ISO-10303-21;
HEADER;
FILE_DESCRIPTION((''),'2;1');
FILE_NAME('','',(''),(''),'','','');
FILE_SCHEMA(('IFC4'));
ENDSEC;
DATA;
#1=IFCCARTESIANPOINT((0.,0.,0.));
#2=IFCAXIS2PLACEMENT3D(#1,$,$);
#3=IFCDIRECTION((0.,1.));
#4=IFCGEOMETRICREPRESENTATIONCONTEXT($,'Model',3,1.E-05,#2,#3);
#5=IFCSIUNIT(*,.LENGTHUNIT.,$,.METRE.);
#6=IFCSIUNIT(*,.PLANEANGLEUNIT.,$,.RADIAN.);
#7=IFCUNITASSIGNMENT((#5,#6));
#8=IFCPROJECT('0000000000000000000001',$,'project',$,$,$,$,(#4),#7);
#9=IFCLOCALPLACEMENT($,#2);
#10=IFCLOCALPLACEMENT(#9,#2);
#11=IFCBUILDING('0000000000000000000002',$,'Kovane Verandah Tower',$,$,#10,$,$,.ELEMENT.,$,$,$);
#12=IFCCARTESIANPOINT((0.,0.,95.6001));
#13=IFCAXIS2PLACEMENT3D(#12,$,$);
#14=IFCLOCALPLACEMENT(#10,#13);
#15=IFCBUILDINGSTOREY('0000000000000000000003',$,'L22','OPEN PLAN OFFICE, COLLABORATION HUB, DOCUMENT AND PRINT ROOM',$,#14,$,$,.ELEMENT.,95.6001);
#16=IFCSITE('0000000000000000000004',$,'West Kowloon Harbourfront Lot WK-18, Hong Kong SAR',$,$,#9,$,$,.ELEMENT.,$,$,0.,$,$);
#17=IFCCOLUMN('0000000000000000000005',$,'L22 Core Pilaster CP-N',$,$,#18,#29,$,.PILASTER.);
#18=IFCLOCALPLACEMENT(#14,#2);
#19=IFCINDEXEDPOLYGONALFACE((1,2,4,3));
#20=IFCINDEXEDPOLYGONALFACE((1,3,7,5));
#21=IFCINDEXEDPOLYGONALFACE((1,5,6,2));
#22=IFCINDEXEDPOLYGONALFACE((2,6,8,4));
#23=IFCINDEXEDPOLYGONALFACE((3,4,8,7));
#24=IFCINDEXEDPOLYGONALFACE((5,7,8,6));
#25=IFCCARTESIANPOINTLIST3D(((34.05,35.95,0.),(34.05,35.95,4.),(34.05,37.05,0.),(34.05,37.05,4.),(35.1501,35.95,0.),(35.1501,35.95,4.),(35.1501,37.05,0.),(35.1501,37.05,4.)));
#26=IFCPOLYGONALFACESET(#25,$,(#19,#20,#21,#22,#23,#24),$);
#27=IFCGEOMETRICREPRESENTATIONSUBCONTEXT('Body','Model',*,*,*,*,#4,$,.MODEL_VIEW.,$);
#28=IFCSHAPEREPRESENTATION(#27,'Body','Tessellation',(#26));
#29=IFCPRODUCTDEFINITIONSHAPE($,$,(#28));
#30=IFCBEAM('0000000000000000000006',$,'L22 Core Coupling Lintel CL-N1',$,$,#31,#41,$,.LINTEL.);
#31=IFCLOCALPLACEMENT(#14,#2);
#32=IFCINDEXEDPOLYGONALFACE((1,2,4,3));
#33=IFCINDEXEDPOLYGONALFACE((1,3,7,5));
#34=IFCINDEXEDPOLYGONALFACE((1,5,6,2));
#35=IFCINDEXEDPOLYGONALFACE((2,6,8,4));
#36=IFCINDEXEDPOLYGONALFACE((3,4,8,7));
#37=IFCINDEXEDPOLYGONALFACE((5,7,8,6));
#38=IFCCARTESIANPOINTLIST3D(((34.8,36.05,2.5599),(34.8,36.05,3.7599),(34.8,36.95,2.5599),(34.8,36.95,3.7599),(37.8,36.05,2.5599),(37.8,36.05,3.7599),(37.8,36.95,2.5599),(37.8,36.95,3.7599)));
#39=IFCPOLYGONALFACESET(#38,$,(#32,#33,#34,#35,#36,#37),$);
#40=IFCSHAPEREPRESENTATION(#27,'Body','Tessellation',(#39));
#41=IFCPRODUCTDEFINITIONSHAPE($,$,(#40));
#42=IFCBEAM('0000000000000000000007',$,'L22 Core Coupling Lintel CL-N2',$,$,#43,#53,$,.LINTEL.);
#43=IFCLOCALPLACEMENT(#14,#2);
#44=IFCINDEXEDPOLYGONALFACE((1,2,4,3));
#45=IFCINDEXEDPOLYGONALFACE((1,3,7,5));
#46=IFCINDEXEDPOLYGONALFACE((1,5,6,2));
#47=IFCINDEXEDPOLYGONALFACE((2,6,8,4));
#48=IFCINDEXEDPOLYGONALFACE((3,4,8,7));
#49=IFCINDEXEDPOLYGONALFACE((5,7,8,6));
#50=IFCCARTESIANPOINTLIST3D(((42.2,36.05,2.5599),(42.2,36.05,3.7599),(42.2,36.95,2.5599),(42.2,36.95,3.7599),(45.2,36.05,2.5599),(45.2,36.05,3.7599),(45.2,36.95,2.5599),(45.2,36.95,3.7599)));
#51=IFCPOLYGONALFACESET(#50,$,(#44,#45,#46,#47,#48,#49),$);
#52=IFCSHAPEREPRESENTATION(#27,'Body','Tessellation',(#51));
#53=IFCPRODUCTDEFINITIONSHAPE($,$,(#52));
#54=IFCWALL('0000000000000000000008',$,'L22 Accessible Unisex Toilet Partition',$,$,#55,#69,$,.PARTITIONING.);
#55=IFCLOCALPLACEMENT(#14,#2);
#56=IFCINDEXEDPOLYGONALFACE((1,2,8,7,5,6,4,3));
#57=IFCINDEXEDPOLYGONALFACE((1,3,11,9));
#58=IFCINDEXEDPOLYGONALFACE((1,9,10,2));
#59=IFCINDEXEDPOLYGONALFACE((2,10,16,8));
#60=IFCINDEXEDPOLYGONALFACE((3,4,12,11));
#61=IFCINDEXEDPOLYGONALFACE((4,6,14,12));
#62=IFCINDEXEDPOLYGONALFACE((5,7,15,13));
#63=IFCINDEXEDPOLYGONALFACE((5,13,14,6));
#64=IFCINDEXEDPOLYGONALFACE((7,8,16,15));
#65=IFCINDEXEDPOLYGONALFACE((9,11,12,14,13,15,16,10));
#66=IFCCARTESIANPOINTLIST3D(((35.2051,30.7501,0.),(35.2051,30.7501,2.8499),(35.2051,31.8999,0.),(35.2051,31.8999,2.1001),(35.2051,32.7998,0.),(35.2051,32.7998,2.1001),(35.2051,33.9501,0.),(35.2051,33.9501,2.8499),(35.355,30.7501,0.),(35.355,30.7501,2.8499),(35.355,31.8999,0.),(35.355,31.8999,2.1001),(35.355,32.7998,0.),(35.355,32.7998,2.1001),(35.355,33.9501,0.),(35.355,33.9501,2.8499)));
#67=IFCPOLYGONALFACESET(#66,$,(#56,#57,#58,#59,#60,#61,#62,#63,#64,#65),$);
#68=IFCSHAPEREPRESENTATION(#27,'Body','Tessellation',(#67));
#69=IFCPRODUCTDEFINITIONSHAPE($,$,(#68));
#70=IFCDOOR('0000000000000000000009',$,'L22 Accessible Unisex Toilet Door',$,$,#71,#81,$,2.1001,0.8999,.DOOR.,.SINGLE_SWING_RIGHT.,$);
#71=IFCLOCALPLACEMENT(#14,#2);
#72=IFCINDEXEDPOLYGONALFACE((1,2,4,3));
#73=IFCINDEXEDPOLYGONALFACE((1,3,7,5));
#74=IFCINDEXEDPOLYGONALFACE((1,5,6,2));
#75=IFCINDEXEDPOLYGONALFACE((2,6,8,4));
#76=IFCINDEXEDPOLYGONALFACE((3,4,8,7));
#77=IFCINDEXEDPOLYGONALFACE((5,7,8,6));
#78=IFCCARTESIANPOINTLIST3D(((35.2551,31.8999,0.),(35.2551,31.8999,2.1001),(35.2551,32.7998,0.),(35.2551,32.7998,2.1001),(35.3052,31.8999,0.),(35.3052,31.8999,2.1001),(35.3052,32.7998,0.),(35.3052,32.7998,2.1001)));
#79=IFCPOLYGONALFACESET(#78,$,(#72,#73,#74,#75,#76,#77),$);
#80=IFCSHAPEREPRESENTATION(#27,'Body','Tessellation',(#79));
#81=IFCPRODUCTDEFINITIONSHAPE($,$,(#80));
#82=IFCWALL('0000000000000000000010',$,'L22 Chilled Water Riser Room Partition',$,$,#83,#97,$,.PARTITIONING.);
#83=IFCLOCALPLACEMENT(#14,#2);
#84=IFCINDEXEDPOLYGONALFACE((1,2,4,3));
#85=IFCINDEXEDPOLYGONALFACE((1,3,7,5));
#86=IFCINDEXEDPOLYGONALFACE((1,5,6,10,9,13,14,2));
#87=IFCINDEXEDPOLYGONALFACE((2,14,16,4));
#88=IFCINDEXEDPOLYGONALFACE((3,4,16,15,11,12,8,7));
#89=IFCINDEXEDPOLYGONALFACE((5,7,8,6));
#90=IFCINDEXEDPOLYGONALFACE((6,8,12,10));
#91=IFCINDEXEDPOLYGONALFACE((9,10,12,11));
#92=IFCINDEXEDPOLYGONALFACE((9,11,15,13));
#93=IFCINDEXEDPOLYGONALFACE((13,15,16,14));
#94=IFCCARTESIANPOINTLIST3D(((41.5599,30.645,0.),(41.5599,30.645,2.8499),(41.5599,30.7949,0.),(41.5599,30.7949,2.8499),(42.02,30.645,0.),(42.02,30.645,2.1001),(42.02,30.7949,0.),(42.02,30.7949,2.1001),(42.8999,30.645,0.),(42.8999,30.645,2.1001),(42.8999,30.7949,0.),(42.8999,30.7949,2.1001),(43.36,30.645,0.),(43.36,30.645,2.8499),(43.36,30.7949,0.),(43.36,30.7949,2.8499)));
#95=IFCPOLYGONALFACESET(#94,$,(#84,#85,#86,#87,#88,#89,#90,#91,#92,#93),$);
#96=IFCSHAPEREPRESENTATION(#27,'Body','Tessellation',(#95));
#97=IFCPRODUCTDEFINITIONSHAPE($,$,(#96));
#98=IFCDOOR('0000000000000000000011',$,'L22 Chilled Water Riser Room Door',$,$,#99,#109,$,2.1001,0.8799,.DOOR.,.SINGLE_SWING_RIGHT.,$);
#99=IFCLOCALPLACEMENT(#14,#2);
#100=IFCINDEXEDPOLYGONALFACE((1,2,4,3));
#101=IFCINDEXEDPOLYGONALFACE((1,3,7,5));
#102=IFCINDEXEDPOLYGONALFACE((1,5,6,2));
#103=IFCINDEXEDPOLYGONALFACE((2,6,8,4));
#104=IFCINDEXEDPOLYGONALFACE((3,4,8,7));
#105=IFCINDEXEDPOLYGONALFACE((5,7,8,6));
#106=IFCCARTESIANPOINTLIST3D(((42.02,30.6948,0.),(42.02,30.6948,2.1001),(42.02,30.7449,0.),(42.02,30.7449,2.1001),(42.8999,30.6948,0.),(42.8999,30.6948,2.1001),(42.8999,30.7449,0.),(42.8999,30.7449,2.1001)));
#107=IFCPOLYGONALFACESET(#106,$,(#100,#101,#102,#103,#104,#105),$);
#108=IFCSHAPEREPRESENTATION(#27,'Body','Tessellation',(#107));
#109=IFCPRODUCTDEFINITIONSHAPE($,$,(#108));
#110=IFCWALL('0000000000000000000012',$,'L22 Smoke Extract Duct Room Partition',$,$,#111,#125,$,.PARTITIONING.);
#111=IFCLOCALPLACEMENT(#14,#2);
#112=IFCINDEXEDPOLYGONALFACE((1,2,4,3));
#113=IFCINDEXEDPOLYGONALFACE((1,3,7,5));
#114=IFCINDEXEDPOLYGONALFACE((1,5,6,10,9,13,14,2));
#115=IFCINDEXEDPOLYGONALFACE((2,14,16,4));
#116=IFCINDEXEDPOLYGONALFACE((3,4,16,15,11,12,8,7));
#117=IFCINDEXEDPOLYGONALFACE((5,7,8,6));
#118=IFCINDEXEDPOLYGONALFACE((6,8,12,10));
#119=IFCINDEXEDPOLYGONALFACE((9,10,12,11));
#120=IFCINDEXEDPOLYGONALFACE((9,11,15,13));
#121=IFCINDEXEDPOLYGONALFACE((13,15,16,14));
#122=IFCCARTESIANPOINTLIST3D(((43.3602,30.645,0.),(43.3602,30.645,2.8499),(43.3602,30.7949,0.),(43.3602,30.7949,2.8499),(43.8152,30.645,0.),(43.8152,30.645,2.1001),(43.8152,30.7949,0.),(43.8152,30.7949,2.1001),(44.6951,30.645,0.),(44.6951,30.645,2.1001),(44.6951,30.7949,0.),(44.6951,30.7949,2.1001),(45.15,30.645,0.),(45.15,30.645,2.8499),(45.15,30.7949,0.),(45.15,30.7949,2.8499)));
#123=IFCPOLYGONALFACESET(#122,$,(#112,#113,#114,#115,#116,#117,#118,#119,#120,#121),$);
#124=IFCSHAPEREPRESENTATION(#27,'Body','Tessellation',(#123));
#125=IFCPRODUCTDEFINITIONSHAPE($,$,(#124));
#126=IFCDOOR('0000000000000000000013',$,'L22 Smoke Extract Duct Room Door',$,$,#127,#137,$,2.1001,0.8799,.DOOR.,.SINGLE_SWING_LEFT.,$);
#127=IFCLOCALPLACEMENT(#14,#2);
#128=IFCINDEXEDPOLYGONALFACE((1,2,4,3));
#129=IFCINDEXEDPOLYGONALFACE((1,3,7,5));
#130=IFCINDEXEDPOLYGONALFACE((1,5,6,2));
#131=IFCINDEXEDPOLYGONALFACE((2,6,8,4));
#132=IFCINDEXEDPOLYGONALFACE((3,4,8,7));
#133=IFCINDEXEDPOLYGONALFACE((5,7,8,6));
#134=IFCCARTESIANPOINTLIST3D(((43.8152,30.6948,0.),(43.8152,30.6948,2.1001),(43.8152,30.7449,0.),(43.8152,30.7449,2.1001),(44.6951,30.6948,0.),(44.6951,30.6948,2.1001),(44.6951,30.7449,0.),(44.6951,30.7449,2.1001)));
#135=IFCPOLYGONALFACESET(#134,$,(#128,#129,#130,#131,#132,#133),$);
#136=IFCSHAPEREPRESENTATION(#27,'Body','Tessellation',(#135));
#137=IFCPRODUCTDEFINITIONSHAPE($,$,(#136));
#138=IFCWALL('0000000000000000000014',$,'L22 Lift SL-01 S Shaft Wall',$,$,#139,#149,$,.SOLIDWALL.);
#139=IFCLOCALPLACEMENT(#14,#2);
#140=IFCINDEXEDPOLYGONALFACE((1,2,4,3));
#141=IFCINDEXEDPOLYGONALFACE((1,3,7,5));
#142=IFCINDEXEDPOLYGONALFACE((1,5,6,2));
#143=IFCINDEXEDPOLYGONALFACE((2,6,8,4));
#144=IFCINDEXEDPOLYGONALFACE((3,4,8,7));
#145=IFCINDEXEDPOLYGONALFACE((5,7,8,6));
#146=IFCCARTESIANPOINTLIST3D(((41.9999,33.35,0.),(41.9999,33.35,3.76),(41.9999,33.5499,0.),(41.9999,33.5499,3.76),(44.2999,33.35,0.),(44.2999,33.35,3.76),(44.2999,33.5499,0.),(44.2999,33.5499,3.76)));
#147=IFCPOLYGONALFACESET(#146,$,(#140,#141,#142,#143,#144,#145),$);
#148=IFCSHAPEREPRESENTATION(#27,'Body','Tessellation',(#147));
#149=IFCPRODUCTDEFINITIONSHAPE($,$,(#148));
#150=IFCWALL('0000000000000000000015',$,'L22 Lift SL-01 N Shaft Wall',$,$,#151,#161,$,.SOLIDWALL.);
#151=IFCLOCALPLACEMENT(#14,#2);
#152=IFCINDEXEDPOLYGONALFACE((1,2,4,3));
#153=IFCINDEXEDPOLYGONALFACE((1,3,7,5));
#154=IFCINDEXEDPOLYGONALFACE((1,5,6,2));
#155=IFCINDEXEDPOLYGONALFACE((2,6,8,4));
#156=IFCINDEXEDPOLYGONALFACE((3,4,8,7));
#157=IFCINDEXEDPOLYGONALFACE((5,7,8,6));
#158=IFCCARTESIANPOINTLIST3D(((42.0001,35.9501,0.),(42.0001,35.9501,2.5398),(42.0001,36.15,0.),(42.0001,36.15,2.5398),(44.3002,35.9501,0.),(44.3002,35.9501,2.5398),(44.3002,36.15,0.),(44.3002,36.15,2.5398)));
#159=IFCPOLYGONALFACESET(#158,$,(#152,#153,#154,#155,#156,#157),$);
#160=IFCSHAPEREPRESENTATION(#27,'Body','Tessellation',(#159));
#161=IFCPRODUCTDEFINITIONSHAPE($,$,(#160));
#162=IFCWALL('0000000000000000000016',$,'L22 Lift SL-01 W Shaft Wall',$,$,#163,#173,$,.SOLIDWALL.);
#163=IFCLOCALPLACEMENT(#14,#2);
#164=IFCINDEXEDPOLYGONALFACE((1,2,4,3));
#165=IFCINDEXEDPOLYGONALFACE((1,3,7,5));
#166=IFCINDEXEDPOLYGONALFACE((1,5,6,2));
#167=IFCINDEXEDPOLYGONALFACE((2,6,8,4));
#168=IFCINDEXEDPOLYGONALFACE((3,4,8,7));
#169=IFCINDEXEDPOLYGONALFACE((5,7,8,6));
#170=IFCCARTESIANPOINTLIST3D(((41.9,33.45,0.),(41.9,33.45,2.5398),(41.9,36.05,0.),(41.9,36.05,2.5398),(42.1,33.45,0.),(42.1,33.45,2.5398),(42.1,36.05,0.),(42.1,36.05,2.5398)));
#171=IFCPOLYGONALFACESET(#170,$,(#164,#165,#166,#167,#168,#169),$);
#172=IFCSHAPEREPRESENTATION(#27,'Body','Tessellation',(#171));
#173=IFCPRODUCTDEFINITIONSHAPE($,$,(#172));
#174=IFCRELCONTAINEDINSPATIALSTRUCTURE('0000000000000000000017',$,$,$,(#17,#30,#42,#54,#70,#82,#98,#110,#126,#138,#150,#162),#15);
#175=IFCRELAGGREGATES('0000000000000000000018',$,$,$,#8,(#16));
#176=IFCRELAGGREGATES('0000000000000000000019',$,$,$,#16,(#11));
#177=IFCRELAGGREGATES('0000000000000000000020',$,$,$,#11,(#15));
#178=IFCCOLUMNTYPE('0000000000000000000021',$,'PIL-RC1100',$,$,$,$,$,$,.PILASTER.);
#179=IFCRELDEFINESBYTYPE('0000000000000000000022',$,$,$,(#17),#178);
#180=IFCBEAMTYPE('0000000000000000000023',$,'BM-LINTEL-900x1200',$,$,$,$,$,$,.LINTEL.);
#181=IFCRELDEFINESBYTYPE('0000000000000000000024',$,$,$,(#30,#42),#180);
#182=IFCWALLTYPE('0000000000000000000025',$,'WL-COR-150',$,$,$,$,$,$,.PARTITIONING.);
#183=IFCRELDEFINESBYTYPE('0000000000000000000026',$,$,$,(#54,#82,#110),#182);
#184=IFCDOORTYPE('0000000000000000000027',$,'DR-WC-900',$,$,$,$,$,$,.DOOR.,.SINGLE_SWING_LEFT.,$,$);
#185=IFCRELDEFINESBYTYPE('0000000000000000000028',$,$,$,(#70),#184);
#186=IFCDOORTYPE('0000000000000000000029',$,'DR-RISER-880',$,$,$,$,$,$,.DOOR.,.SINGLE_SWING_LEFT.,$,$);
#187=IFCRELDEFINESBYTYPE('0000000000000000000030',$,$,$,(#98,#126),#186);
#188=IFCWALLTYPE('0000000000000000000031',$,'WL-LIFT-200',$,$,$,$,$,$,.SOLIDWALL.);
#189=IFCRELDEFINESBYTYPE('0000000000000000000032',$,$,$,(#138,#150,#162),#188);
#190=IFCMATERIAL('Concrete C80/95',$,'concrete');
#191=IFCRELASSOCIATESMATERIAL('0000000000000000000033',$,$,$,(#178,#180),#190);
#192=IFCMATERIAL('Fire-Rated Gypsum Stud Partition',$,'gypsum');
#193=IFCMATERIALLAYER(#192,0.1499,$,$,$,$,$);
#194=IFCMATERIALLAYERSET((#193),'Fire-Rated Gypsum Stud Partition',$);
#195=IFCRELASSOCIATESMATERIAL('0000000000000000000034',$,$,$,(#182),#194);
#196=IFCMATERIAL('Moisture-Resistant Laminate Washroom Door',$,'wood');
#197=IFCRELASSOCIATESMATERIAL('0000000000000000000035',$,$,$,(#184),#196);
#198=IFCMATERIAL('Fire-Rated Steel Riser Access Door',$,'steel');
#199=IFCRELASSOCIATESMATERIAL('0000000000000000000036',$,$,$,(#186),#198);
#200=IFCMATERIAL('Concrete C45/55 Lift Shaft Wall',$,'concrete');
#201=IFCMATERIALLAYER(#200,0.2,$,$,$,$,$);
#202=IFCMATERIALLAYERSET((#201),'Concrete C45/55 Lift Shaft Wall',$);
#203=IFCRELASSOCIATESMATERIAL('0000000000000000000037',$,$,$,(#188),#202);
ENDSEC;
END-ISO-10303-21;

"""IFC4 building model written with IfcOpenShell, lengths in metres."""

from ifc_helpers import new_model, si_unit, direction, frame, frame_2d, origin, origin_2d, place, context, subcontext, project, spatial, rectangle, extrude, material, layer, layer_set, material_profile, profile_set, type_object, element, fill, save


model = new_model("IFC4")

# Units and contexts
model_context = context("Model", 3, precision=1e-05, world=origin(), true_north=direction((0.0, 1.0)))
body_context = subcontext(model_context, "Body", "Model", "MODEL_VIEW")
ifc_project = project(units=[si_unit("LENGTHUNIT", "METRE"), si_unit("PLANEANGLEUNIT", "RADIAN")], contexts=[model_context])

# Site, building, storey
site_placement = place(None, origin())
site = spatial("IfcSite", under=ifc_project, at=site_placement, Name="West Kowloon Harbourfront Lot WK-18, Hong Kong SAR", CompositionType="ELEMENT", RefElevation=0.0)
building_placement = place(site_placement, origin())
building = spatial("IfcBuilding", under=site, at=building_placement, Name="Kovane Verandah Tower", CompositionType="ELEMENT")
storey_placement = place(building_placement, frame((0.0, 0.0, 95.6001)))
storey = spatial("IfcBuildingStorey", under=building, at=storey_placement, Name="L22", Description="OPEN PLAN OFFICE, COLLABORATION HUB, DOCUMENT AND PRINT ROOM", CompositionType="ELEMENT", Elevation=95.6001)

# Column
ifc_material_1 = material(Name="Concrete C80/95", Category="concrete")
ifc_material_profile_1 = material_profile(ifc_material_1, rectangle(XDim=1.1001, YDim=1.1001, at=origin_2d()), Name="RC1100x1100")
ifc_profile_set_1 = profile_set([ifc_material_profile_1], Name="Concrete C80/95")
column_type = type_object("IfcColumnType", Name="PIL-RC1100", PredefinedType="PILASTER", material=ifc_profile_set_1)
column_placement = place(storey_placement, frame((34.6001, 36.5, 0.0), z_axis=(0.0, 0.0, 1.0), x_axis=(1.0, 0.0, 0.0)))
element("IfcColumn", 1, at=column_placement, inside=storey, type_object=column_type, Name="L22 Core Pilaster CP-N", PredefinedType="PILASTER", context=body_context, shape_type="SweptSolid", body=[
    extrude(rectangle(XDim=1.1001, YDim=1.1001, at=origin_2d()), origin(), (0.0, 0.0, 1.0), 4.0),
])

# Beams
ifc_material_profile_2 = material_profile(ifc_material_1, rectangle(XDim=0.8999, YDim=1.2, at=origin_2d()), Name="RCB900x1200")
ifc_profile_set_2 = profile_set([ifc_material_profile_2], Name="Concrete C80/95")
beam_type = type_object("IfcBeamType", Name="BM-LINTEL-900x1200", PredefinedType="LINTEL", material=ifc_profile_set_2)
for number, where, z_axis, x_axis, name in (
    (2, (34.8, 36.5, 3.1599), (1.0, 0.0, 0.0), (0.0, 1.0, 0.0), "L22 Core Coupling Lintel CL-N1"),
    (3, (42.2, 36.5, 3.1599), (1.0, 0.0, 0.0), (0.0, 1.0, 0.0), "L22 Core Coupling Lintel CL-N2"),
):
    element("IfcBeam", number, at=place(storey_placement, frame(where, z_axis=z_axis, x_axis=x_axis)), inside=storey, type_object=beam_type, Name=name, PredefinedType="LINTEL", context=body_context, shape_type="SweptSolid", body=[
        extrude(rectangle(XDim=0.8999, YDim=1.2, at=origin_2d()), origin(), (0.0, 0.0, 1.0), 3.0),
    ])

# Walls, openings, doors
ifc_material_2 = material(Name="Fire-Rated Gypsum Stud Partition", Category="gypsum")
ifc_layer_1 = layer(ifc_material_2, 0.1499)
ifc_layer_set_1 = layer_set([ifc_layer_1], Name="Fire-Rated Gypsum Stud Partition")
wall_type_1 = type_object("IfcWallType", Name="WL-COR-150", PredefinedType="PARTITIONING", material=ifc_layer_set_1)
wall_1_placement = place(storey_placement, frame((35.28, 30.75, 0.0), z_axis=(0.0, 0.0, 1.0), x_axis=(0.0, 1.0, 0.0)))
wall_1 = element("IfcWall", 4, at=wall_1_placement, inside=storey, type_object=wall_type_1, Name="L22 Accessible Unisex Toilet Partition", PredefinedType="PARTITIONING", context=body_context, shape_type="SweptSolid", body=[
    extrude(rectangle(XDim=3.2, YDim=0.1499, at=frame_2d((1.6001, 0.0))), origin(), (0.0, 0.0, 1.0), 2.8499),
])
opening_1_placement = place(wall_1_placement, frame((1.1499, 0.0, 0.0)))
opening_1 = element("IfcOpeningElement", 5, at=opening_1_placement, cuts=wall_1, PredefinedType="OPENING", context=body_context, shape_type="SweptSolid", body=[
    extrude(rectangle(XDim=0.8999, YDim=2.1001, at=frame_2d((0.45, 1.05))), frame((0.0, 0.075, 0.0), z_axis=(0.0, -1.0, 0.0), x_axis=(1.0, 0.0, 0.0)), (0.0, 0.0, 1.0), 0.1499),
])
ifc_material_3 = material(Name="Moisture-Resistant Laminate Washroom Door", Category="wood")
door_type_1 = type_object("IfcDoorType", Name="DR-WC-900", OperationType="SINGLE_SWING_LEFT", PredefinedType="DOOR", material=ifc_material_3)
door_1_placement = place(opening_1_placement, origin())
door_1 = element("IfcDoor", 6, at=door_1_placement, inside=storey, type_object=door_type_1, Name="L22 Accessible Unisex Toilet Door", OperationType="SINGLE_SWING_RIGHT", OverallHeight=2.1001, OverallWidth=0.8999, PredefinedType="DOOR", context=body_context, shape_type="SweptSolid", body=[
    extrude(rectangle(XDim=0.8999, YDim=2.1001, at=frame_2d((0.45, 1.05))), frame((0.0, 0.0249, 0.0), z_axis=(0.0, -1.0, 0.0), x_axis=(1.0, 0.0, 0.0)), (0.0, 0.0, 1.0), 0.05),
])
fill(opening_1, door_1)
wall_2_placement = place(storey_placement, frame((41.5601, 30.72, 0.0), z_axis=(0.0, 0.0, 1.0), x_axis=(1.0, 0.0, 0.0)))
wall_2 = element("IfcWall", 7, at=wall_2_placement, inside=storey, type_object=wall_type_1, Name="L22 Chilled Water Riser Room Partition", PredefinedType="PARTITIONING", context=body_context, shape_type="SweptSolid", body=[
    extrude(rectangle(XDim=1.8, YDim=0.1499, at=frame_2d((0.8999, 0.0))), origin(), (0.0, 0.0, 1.0), 2.8499),
])
opening_2_placement = place(wall_2_placement, frame((0.46, 0.0, 0.0)))
opening_2 = element("IfcOpeningElement", 8, at=opening_2_placement, cuts=wall_2, PredefinedType="OPENING", context=body_context, shape_type="SweptSolid", body=[
    extrude(rectangle(XDim=0.8799, YDim=2.1001, at=frame_2d((0.4399, 1.05))), frame((0.0, 0.075, 0.0), z_axis=(0.0, -1.0, 0.0), x_axis=(1.0, 0.0, 0.0)), (0.0, 0.0, 1.0), 0.1499),
])
ifc_material_4 = material(Name="Fire-Rated Steel Riser Access Door", Category="steel")
door_type_2 = type_object("IfcDoorType", Name="DR-RISER-880", OperationType="SINGLE_SWING_LEFT", PredefinedType="DOOR", material=ifc_material_4)
door_2_placement = place(opening_2_placement, origin())
door_2 = element("IfcDoor", 9, at=door_2_placement, inside=storey, type_object=door_type_2, Name="L22 Chilled Water Riser Room Door", OperationType="SINGLE_SWING_RIGHT", OverallHeight=2.1001, OverallWidth=0.8799, PredefinedType="DOOR", context=body_context, shape_type="SweptSolid", body=[
    extrude(rectangle(XDim=0.8799, YDim=2.1001, at=frame_2d((0.4399, 1.05))), frame((0.0, 0.0249, 0.0), z_axis=(0.0, -1.0, 0.0), x_axis=(1.0, 0.0, 0.0)), (0.0, 0.0, 1.0), 0.05),
])
fill(opening_2, door_2)
wall_3_placement = place(storey_placement, frame((43.3601, 30.72, 0.0), z_axis=(0.0, 0.0, 1.0), x_axis=(1.0, 0.0, 0.0)))
wall_3 = element("IfcWall", 10, at=wall_3_placement, inside=storey, type_object=wall_type_1, Name="L22 Smoke Extract Duct Room Partition", PredefinedType="PARTITIONING", context=body_context, shape_type="SweptSolid", body=[
    extrude(rectangle(XDim=1.7898, YDim=0.1499, at=frame_2d((0.895, 0.0))), origin(), (0.0, 0.0, 1.0), 2.8499),
])
opening_3_placement = place(wall_3_placement, frame((0.4551, 0.0, 0.0)))
opening_3 = element("IfcOpeningElement", 11, at=opening_3_placement, cuts=wall_3, PredefinedType="OPENING", context=body_context, shape_type="SweptSolid", body=[
    extrude(rectangle(XDim=0.8799, YDim=2.1001, at=frame_2d((0.4399, 1.05))), frame((0.0, 0.075, 0.0), z_axis=(0.0, -1.0, 0.0), x_axis=(1.0, 0.0, 0.0)), (0.0, 0.0, 1.0), 0.1499),
])
door_3_placement = place(opening_3_placement, origin())
door_3 = element("IfcDoor", 12, at=door_3_placement, inside=storey, type_object=door_type_2, Name="L22 Smoke Extract Duct Room Door", OperationType="SINGLE_SWING_LEFT", OverallHeight=2.1001, OverallWidth=0.8799, PredefinedType="DOOR", context=body_context, shape_type="SweptSolid", body=[
    extrude(rectangle(XDim=0.8799, YDim=2.1001, at=frame_2d((0.4399, 1.05))), frame((0.0, 0.0249, 0.0), z_axis=(0.0, -1.0, 0.0), x_axis=(1.0, 0.0, 0.0)), (0.0, 0.0, 1.0), 0.05),
])
fill(opening_3, door_3)

# Walls
ifc_material_5 = material(Name="Concrete C45/55 Lift Shaft Wall", Category="concrete")
ifc_layer_2 = layer(ifc_material_5, 0.2)
ifc_layer_set_2 = layer_set([ifc_layer_2], Name="Concrete C45/55 Lift Shaft Wall")
wall_type_2 = type_object("IfcWallType", Name="WL-LIFT-200", PredefinedType="SOLIDWALL", material=ifc_layer_set_2)
wall_4_placement = place(storey_placement, frame((42.0, 33.45, 0.0), z_axis=(0.0, 0.0, 1.0), x_axis=(1.0, 0.0, 0.0)))
element("IfcWall", 13, at=wall_4_placement, inside=storey, type_object=wall_type_2, Name="L22 Lift SL-01 S Shaft Wall", PredefinedType="SOLIDWALL", context=body_context, shape_type="SweptSolid", body=[
    extrude(rectangle(XDim=2.3, YDim=0.2, at=frame_2d((1.1499, 0.0))), origin(), (0.0, 0.0, 1.0), 3.76),
])
wall_5_placement = place(storey_placement, frame((44.3, 36.05, 0.0), z_axis=(0.0, 0.0, 1.0), x_axis=(-1.0, 0.0, 0.0)))
element("IfcWall", 14, at=wall_5_placement, inside=storey, type_object=wall_type_2, Name="L22 Lift SL-01 N Shaft Wall", PredefinedType="SOLIDWALL", context=body_context, shape_type="SweptSolid", body=[
    extrude(rectangle(XDim=2.3, YDim=0.2, at=frame_2d((1.1499, 0.0))), origin(), (0.0, 0.0, 1.0), 2.5398),
])
for number, where, z_axis, x_axis, name in (
    (15, (42.0, 36.05, 0.0), (0.0, 0.0, 1.0), (0.0, -1.0, 0.0), "L22 Lift SL-01 W Shaft Wall"),
):
    element("IfcWall", number, at=place(storey_placement, frame(where, z_axis=z_axis, x_axis=x_axis)), inside=storey, type_object=wall_type_2, Name=name, PredefinedType="SOLIDWALL", context=body_context, shape_type="SweptSolid", body=[
        extrude(rectangle(XDim=2.6001, YDim=0.2, at=frame_2d((1.3, 0.0))), origin(), (0.0, 0.0, 1.0), 2.5398),
    ])

save(model, "model.ifc")
